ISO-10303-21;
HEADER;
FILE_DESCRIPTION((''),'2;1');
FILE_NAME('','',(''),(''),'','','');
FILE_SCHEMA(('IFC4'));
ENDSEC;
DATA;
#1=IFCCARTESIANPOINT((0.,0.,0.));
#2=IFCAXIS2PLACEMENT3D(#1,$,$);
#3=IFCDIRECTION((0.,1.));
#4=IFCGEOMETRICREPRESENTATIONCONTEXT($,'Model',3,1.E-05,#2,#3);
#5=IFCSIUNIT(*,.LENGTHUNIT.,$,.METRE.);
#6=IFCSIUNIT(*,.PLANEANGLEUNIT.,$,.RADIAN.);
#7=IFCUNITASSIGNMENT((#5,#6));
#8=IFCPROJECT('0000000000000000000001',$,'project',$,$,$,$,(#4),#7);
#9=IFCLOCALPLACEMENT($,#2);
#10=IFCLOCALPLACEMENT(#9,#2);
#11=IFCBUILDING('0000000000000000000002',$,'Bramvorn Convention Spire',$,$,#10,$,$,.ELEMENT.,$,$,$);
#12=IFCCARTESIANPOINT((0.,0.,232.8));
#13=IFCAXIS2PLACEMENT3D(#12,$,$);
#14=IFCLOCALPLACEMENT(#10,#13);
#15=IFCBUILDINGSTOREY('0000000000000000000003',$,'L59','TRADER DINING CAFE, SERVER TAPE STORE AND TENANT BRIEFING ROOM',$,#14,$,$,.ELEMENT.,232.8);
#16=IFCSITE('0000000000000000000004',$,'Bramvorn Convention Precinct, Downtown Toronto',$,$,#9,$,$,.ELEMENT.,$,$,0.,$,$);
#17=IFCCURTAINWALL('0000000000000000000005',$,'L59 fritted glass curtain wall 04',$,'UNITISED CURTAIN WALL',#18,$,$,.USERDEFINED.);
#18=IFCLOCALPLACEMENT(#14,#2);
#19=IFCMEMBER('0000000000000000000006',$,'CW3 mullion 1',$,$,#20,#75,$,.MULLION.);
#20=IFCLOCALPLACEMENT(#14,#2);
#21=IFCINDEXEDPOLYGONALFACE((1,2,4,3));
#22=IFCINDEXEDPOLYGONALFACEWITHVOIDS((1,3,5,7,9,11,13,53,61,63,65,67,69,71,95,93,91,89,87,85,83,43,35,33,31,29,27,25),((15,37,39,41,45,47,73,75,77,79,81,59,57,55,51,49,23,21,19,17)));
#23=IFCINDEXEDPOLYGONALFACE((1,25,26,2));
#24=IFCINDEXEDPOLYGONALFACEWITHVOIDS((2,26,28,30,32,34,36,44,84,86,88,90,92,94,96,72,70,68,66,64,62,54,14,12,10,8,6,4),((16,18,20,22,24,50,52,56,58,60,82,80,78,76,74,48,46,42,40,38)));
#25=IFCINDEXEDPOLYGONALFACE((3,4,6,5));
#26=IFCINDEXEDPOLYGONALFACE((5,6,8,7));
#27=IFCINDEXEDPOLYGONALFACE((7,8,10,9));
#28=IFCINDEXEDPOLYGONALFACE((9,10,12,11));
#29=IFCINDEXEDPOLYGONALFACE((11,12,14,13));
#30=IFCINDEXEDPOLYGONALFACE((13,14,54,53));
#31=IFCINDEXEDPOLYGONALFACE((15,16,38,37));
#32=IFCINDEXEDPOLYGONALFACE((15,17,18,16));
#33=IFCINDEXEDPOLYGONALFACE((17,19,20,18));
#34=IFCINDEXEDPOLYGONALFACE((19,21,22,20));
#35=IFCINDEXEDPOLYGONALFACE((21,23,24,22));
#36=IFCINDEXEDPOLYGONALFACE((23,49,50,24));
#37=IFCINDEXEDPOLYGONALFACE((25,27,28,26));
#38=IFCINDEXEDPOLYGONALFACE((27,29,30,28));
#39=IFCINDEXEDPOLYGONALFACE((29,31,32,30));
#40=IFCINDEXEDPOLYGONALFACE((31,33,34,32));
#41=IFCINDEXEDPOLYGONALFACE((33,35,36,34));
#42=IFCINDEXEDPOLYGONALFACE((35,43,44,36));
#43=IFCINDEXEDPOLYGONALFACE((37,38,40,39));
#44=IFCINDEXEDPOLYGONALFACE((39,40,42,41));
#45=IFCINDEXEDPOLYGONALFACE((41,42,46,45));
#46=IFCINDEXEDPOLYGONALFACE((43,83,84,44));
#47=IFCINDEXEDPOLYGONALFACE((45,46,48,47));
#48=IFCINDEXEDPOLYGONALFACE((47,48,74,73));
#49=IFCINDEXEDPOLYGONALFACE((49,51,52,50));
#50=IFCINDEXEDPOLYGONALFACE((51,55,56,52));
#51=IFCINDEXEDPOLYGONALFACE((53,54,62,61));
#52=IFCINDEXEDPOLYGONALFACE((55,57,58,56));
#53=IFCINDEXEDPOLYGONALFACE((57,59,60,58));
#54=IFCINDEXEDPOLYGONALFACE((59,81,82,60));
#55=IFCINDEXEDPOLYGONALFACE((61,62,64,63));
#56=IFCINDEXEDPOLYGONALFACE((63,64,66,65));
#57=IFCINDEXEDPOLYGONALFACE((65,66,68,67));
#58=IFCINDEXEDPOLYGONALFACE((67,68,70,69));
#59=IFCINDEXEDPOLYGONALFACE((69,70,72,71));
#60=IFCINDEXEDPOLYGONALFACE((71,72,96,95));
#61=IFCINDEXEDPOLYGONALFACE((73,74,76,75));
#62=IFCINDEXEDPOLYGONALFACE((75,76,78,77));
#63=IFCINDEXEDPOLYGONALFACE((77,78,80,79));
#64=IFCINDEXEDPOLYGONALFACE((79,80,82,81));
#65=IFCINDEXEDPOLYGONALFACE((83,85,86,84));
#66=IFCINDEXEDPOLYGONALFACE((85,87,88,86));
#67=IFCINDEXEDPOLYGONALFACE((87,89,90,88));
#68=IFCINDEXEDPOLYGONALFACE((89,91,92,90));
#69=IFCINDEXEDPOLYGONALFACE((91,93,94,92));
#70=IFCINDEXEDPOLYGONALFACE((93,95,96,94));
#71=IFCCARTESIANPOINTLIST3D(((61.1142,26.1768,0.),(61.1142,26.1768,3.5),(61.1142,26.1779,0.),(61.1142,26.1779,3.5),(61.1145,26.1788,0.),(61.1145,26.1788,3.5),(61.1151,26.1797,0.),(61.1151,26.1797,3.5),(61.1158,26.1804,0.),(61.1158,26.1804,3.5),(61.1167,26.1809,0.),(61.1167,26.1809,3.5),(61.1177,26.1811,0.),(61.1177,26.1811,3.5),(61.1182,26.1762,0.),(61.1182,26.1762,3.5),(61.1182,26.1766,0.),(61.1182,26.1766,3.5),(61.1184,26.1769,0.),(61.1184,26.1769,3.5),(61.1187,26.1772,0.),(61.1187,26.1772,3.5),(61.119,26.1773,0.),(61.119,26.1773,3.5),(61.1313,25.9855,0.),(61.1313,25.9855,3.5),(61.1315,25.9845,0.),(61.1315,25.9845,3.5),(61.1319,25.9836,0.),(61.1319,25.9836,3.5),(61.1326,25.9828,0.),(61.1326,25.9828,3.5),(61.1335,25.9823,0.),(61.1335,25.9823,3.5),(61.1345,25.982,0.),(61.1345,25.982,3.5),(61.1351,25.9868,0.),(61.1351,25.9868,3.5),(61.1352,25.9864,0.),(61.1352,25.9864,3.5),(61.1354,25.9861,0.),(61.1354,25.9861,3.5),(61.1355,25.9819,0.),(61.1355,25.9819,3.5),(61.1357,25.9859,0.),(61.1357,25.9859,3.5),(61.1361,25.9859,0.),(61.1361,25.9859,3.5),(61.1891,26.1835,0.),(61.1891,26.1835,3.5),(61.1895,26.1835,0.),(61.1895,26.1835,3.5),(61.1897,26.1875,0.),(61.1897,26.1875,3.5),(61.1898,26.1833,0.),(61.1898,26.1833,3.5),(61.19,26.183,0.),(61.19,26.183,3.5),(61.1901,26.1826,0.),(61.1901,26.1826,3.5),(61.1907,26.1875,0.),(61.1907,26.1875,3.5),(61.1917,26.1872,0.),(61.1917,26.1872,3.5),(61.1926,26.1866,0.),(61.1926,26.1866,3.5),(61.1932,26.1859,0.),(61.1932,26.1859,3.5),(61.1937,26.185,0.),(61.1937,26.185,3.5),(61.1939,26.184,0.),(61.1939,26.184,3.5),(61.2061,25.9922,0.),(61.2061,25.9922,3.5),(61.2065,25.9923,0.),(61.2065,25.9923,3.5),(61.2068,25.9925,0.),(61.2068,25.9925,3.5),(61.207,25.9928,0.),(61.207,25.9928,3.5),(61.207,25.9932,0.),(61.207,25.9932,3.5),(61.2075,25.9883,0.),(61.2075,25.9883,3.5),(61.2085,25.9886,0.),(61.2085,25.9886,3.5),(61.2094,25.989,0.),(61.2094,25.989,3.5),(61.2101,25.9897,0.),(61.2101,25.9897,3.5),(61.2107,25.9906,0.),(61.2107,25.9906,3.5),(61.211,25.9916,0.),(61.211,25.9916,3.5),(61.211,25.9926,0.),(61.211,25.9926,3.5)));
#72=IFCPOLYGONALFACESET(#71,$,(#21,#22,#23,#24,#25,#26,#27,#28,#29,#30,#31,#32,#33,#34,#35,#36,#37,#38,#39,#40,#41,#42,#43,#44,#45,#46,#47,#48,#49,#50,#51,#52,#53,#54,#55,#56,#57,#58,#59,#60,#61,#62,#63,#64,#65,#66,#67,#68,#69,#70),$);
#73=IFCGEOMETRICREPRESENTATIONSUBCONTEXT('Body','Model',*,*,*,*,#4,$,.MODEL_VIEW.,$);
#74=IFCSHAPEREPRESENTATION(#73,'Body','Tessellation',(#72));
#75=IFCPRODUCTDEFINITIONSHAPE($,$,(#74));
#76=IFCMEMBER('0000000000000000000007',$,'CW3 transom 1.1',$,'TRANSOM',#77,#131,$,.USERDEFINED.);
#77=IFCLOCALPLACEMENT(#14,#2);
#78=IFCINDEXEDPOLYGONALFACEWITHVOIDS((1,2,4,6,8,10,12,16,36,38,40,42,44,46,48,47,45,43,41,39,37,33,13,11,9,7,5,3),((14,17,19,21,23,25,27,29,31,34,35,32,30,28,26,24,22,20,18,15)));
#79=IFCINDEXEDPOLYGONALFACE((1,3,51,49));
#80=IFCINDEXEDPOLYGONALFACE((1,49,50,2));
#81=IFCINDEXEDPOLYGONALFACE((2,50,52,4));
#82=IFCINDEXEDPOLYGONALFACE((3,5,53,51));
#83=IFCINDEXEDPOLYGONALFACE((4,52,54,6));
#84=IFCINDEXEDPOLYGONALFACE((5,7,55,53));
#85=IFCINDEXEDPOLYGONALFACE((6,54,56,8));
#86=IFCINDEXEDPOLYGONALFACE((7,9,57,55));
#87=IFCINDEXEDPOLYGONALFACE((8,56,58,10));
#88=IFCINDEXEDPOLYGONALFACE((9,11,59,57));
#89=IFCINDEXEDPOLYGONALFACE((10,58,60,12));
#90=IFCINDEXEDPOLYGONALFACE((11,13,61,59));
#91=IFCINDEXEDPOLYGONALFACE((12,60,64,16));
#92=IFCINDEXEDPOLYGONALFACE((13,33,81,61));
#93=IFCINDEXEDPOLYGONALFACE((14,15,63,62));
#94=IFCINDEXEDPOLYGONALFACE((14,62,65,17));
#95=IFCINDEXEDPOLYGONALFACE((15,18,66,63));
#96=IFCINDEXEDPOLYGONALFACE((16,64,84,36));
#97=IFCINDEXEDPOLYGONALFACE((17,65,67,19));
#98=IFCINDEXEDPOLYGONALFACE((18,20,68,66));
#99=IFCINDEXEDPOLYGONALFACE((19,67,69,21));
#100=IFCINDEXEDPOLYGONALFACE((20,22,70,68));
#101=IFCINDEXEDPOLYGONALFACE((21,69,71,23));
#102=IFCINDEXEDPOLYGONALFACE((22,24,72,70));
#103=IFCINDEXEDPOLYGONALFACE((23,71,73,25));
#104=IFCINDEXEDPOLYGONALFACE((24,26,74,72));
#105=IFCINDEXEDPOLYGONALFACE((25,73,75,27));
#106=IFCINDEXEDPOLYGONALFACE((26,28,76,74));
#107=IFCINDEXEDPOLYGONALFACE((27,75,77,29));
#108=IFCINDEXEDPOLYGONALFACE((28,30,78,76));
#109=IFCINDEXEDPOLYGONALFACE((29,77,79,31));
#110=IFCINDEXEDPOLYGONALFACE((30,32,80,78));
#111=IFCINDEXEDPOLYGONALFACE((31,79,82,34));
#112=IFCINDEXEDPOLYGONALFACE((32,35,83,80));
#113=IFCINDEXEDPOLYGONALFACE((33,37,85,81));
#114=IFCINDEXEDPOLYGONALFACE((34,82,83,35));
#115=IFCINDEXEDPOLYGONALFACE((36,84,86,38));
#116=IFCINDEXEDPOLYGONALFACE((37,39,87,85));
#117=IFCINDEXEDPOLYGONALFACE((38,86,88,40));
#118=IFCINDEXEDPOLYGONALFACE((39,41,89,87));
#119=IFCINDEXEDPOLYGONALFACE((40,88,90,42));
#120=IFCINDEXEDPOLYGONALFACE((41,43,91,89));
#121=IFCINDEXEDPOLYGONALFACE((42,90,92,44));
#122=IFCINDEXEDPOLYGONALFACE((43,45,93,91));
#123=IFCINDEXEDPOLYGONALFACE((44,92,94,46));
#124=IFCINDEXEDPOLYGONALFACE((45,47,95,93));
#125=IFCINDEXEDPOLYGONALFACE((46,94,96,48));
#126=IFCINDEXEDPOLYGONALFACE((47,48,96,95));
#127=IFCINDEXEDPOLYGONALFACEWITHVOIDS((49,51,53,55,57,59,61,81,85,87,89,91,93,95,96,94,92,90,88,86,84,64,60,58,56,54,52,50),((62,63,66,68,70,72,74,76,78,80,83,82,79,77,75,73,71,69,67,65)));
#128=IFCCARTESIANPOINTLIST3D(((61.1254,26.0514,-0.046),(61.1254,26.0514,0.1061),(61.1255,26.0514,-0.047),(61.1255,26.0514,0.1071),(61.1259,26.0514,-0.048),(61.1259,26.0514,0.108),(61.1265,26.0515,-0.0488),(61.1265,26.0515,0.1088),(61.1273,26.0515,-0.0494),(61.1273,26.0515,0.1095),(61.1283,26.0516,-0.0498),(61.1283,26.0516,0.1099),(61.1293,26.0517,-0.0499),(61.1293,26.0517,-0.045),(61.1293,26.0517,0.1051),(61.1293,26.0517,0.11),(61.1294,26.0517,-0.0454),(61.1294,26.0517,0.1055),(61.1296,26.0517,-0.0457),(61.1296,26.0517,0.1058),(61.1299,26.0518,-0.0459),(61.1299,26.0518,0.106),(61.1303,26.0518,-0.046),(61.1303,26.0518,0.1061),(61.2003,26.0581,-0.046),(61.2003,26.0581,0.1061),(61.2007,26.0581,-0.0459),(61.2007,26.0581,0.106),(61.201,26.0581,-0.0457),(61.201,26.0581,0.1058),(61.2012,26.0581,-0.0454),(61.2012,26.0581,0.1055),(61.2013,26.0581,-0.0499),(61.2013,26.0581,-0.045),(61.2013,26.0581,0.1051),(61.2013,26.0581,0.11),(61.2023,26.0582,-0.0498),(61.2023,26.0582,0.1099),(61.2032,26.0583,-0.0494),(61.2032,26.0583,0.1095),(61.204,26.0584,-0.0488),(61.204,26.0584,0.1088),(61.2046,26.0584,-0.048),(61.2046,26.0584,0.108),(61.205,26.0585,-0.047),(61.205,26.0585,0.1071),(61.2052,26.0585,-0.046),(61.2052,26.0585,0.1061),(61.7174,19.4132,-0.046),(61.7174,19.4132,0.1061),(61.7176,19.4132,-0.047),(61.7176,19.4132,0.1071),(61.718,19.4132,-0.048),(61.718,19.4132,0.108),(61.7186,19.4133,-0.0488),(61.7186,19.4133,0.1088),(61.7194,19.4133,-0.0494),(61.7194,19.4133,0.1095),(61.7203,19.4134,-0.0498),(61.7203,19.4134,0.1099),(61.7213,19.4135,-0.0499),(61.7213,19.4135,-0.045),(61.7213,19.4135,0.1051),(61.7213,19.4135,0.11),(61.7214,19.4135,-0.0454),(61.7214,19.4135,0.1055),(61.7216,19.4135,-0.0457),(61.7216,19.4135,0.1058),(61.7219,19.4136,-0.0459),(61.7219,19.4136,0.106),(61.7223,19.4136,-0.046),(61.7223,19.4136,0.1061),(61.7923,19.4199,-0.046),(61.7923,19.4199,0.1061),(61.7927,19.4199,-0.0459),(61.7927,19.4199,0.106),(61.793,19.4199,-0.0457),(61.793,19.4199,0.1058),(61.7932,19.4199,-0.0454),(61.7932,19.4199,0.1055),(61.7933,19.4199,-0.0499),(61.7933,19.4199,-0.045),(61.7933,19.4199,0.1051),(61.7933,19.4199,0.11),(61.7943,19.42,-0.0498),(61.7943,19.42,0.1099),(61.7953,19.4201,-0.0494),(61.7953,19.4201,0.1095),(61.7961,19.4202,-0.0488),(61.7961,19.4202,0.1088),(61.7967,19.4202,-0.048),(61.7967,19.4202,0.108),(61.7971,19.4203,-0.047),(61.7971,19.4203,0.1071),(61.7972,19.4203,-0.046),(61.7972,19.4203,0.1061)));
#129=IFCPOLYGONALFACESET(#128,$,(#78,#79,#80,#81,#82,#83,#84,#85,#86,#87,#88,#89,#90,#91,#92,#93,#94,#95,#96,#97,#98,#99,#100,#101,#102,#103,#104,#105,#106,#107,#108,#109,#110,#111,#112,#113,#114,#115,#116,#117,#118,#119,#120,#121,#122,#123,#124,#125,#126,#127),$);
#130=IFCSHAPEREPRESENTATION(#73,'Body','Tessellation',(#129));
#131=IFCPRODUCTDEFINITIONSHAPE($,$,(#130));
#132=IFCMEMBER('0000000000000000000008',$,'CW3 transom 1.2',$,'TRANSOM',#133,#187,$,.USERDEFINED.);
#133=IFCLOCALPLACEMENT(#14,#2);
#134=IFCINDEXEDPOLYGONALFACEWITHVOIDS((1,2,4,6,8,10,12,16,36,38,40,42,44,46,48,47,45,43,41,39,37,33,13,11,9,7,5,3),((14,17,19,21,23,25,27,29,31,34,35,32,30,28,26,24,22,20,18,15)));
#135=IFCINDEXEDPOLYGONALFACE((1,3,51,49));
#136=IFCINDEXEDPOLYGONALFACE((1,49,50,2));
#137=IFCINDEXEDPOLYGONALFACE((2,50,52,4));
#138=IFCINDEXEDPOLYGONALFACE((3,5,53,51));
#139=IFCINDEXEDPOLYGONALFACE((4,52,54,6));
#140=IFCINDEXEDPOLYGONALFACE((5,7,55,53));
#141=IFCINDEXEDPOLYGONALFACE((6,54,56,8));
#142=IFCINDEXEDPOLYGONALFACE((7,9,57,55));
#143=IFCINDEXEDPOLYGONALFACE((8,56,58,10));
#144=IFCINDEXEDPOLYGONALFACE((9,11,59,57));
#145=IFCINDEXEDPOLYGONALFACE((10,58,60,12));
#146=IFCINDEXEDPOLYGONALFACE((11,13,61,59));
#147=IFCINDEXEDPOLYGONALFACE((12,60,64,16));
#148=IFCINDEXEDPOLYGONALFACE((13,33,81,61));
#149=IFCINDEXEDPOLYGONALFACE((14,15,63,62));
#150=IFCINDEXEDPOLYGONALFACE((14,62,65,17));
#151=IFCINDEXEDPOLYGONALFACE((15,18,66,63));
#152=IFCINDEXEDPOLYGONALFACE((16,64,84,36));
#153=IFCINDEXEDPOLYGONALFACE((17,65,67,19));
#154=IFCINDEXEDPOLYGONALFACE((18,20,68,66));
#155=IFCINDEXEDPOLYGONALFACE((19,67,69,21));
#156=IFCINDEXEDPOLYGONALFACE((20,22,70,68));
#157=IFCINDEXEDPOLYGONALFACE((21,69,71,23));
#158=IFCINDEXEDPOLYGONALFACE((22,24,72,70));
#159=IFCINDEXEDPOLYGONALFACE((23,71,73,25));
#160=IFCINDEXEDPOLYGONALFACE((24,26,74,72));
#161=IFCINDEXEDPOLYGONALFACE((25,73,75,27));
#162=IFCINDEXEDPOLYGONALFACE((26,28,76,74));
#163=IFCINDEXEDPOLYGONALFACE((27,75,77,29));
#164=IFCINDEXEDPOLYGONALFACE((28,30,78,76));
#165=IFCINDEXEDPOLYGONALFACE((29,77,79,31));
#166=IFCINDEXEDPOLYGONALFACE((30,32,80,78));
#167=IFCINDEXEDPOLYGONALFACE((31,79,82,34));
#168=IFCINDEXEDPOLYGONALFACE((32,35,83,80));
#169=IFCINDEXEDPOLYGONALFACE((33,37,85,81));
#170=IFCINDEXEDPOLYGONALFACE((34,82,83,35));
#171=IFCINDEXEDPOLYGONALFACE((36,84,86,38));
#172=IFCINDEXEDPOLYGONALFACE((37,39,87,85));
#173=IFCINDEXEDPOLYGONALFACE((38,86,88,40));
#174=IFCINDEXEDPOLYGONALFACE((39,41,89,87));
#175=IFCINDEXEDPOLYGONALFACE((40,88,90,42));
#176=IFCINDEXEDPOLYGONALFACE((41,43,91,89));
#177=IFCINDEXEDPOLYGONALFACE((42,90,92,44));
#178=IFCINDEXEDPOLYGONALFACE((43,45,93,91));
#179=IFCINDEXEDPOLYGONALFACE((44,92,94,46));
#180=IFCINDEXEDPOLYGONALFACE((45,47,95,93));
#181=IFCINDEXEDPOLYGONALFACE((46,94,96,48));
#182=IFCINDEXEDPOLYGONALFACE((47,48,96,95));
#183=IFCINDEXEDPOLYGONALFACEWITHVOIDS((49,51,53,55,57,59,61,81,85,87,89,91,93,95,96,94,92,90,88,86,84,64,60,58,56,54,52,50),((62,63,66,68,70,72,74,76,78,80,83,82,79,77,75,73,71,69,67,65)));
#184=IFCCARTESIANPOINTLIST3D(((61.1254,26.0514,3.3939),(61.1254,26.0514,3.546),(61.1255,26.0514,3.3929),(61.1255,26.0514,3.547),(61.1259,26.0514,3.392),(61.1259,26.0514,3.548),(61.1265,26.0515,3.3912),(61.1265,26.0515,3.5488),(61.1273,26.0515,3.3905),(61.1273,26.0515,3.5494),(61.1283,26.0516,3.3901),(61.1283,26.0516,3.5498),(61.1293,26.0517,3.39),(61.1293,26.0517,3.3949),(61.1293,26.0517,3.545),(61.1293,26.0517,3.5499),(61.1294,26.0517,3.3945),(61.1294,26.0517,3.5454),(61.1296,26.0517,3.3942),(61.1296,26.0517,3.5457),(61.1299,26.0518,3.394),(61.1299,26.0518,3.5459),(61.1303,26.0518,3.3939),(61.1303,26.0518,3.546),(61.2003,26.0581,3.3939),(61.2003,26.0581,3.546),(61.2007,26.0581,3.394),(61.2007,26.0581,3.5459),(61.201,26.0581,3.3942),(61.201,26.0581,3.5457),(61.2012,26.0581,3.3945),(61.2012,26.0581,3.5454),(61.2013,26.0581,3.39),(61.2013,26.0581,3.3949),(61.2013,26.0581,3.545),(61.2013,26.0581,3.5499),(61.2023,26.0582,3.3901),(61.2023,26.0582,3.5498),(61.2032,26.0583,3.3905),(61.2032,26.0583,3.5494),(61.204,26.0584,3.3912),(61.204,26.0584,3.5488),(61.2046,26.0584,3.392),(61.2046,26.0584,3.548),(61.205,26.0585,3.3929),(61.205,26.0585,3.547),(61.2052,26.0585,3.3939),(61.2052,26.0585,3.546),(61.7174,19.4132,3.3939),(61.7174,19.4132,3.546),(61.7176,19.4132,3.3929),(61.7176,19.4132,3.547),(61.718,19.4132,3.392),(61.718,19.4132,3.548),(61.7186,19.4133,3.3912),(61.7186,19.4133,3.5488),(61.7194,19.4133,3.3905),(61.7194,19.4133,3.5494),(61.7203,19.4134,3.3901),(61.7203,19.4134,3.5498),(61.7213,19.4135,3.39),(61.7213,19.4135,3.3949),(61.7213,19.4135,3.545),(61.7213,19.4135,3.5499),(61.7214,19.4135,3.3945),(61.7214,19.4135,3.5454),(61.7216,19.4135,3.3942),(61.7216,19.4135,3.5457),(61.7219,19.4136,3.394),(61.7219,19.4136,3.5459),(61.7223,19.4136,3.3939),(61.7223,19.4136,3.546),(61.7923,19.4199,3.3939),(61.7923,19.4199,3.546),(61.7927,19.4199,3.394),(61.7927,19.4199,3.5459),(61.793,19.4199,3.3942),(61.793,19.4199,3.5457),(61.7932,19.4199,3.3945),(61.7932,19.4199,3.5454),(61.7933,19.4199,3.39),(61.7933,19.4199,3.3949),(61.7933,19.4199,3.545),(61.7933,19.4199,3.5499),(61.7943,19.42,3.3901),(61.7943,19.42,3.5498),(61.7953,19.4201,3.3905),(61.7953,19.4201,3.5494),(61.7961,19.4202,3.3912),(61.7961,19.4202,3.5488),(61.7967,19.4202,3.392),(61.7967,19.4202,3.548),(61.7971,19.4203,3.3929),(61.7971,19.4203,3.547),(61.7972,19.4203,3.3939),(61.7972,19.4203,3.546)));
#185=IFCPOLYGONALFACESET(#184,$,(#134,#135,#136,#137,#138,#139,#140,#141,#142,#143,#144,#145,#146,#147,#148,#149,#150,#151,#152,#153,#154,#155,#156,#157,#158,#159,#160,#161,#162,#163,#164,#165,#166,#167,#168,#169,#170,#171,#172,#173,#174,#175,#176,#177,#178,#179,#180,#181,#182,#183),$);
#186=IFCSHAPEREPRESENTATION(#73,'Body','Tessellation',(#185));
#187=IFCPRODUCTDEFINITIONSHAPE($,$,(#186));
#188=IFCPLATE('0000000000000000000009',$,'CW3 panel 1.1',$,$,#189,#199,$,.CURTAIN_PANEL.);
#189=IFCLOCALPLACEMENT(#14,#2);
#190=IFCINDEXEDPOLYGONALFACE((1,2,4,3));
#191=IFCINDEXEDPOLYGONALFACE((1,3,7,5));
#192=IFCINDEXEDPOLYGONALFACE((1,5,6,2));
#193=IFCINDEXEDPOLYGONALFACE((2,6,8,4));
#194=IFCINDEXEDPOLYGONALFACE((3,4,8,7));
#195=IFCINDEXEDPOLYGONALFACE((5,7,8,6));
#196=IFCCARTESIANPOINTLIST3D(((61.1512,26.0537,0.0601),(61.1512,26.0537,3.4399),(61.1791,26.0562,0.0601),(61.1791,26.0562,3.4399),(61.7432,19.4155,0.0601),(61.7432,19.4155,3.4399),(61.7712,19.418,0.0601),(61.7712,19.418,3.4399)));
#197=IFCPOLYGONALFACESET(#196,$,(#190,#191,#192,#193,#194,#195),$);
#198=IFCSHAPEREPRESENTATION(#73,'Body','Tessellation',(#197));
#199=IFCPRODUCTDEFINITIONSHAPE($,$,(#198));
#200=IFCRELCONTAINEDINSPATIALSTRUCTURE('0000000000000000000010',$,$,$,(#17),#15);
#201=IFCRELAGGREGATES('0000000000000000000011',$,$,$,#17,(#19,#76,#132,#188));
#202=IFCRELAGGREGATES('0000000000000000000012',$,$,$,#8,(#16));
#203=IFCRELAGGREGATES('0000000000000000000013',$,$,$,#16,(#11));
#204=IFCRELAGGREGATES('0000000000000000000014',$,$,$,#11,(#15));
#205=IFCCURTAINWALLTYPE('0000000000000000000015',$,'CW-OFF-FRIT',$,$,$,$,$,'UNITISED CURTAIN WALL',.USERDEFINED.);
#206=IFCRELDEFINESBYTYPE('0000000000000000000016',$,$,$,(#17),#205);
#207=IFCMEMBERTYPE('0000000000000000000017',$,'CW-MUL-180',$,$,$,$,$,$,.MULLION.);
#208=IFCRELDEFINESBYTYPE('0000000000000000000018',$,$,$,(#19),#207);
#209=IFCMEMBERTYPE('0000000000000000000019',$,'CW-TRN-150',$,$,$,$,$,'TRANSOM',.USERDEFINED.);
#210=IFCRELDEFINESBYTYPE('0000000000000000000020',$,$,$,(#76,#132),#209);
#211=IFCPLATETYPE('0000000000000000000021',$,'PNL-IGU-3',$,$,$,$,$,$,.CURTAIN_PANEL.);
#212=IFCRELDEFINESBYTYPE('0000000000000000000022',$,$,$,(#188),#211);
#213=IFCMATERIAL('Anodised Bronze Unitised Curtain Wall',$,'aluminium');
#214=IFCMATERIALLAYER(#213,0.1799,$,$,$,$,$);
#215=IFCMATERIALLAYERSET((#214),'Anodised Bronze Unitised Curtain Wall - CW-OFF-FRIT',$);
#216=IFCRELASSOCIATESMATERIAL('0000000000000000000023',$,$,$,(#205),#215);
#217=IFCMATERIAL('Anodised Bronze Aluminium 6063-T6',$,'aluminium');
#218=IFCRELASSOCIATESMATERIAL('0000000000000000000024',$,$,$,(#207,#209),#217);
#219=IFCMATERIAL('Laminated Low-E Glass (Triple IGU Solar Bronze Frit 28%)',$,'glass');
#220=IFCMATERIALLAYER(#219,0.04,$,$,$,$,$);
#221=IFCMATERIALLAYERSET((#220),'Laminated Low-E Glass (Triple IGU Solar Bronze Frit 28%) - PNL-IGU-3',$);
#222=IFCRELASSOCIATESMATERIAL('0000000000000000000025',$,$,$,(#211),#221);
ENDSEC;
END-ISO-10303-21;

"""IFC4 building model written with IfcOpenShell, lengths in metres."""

from ifc_helpers import new_model, si_unit, direction, frame, origin, origin_2d, place, context, subcontext, project, spatial, rectangle, hollow_rectangle, extrude, material, layer, layer_set, material_profile, profile_set, type_object, element, aggregate, save


model = new_model("IFC4")

# Units and contexts
model_context = context("Model", 3, precision=1e-05, world=origin(), true_north=direction((0.0, 1.0)))
body_context = subcontext(model_context, "Body", "Model", "MODEL_VIEW")
ifc_project = project(units=[si_unit("LENGTHUNIT", "METRE"), si_unit("PLANEANGLEUNIT", "RADIAN")], contexts=[model_context])

# Site, building, storey
site_placement = place(None, origin())
site = spatial("IfcSite", under=ifc_project, at=site_placement, Name="Bramvorn Convention Precinct, Downtown Toronto", CompositionType="ELEMENT", RefElevation=0.0)
building_placement = place(site_placement, origin())
building = spatial("IfcBuilding", under=site, at=building_placement, Name="Bramvorn Convention Spire", CompositionType="ELEMENT")
storey_placement = place(building_placement, frame((0.0, 0.0, 232.8)))
storey = spatial("IfcBuildingStorey", under=building, at=storey_placement, Name="L59", Description="TRADER DINING CAFE, SERVER TAPE STORE AND TENANT BRIEFING ROOM", CompositionType="ELEMENT", Elevation=232.8)

# Curtain wall, members, plate
ifc_material_1 = material(Name="Anodised Bronze Unitised Curtain Wall", Category="aluminium")
ifc_layer_1 = layer(ifc_material_1, 0.1799)
ifc_layer_set_1 = layer_set([ifc_layer_1], Name="Anodised Bronze Unitised Curtain Wall - CW-OFF-FRIT")
curtain_wall_type = type_object("IfcCurtainWallType", Name="CW-OFF-FRIT", ElementType="UNITISED CURTAIN WALL", PredefinedType="USERDEFINED", material=ifc_layer_set_1)
curtain_wall_placement = place(storey_placement, origin())
curtain_wall = element("IfcCurtainWall", 1, at=curtain_wall_placement, inside=storey, type_object=curtain_wall_type, Name="L59 fritted glass curtain wall 04", ObjectType="UNITISED CURTAIN WALL", PredefinedType="USERDEFINED")
ifc_material_2 = material(Name="Anodised Bronze Aluminium 6063-T6", Category="aluminium")
ifc_material_profile_1 = material_profile(ifc_material_2, hollow_rectangle(XDim=0.0801, YDim=0.2, WallThickness=0.0039, InnerFilletRadius=0.001, OuterFilletRadius=0.0039, at=origin_2d()))
ifc_profile_set_1 = profile_set([ifc_material_profile_1], Name="Anodised Bronze Aluminium 6063-T6 - CWM80X200")
member_type_1 = type_object("IfcMemberType", Name="CW-MUL-180", PredefinedType="MULLION", material=ifc_profile_set_1)
member_1_placement = place(storey_placement, frame((61.1626, 26.0847, 0.0), z_axis=(0.0, 0.0, 1.0), x_axis=(0.996046, 0.088835, 0.0)))
member_1 = element("IfcMember", 2, at=member_1_placement, type_object=member_type_1, Name="CW3 mullion 1", PredefinedType="MULLION", context=body_context, shape_type="SweptSolid", body=[
    extrude(hollow_rectangle(XDim=0.0801, YDim=0.2, WallThickness=0.0039, InnerFilletRadius=0.001, OuterFilletRadius=0.0039, at=origin_2d()), origin(), (0.0, 0.0, 1.0), 3.5),
])
ifc_material_profile_2 = material_profile(ifc_material_2, hollow_rectangle(XDim=0.0801, YDim=0.1599, WallThickness=0.0039, InnerFilletRadius=0.001, OuterFilletRadius=0.0039, at=origin_2d()))
ifc_profile_set_2 = profile_set([ifc_material_profile_2], Name="Anodised Bronze Aluminium 6063-T6 - CWT80X160")
member_type_2 = type_object("IfcMemberType", Name="CW-TRN-150", ElementType="TRANSOM", PredefinedType="USERDEFINED", material=ifc_profile_set_2)
member_2_placement = place(storey_placement, frame((61.1653, 26.0549, 0.03), z_axis=(0.088835, -0.996046, 0.0), x_axis=(0.996046, 0.088835, 0.0)))
member_2 = element("IfcMember", 3, at=member_2_placement, type_object=member_type_2, Name="CW3 transom 1.1", ObjectType="TRANSOM", PredefinedType="USERDEFINED", context=body_context, shape_type="SweptSolid", body=[
    extrude(hollow_rectangle(XDim=0.0801, YDim=0.1599, WallThickness=0.0039, InnerFilletRadius=0.001, OuterFilletRadius=0.0039, at=origin_2d()), origin(), (0.0, 0.0, 1.0), 6.6646),
])
member_3_placement = place(storey_placement, frame((61.1653, 26.0549, 3.47), z_axis=(0.088835, -0.996046, 0.0), x_axis=(0.996046, 0.088835, 0.0)))
member_3 = element("IfcMember", 4, at=member_3_placement, type_object=member_type_2, Name="CW3 transom 1.2", ObjectType="TRANSOM", PredefinedType="USERDEFINED", context=body_context, shape_type="SweptSolid", body=[
    extrude(hollow_rectangle(XDim=0.0801, YDim=0.1599, WallThickness=0.0039, InnerFilletRadius=0.001, OuterFilletRadius=0.0039, at=origin_2d()), origin(), (0.0, 0.0, 1.0), 6.6646),
])
ifc_material_3 = material(Name="Laminated Low-E Glass (Triple IGU Solar Bronze Frit 28%)", Category="glass")
ifc_layer_2 = layer(ifc_material_3, 0.04)
ifc_layer_set_2 = layer_set([ifc_layer_2], Name="Laminated Low-E Glass (Triple IGU Solar Bronze Frit 28%) - PNL-IGU-3")
plate_type = type_object("IfcPlateType", Name="PNL-IGU-3", PredefinedType="CURTAIN_PANEL", material=ifc_layer_set_2)
plate_placement = place(storey_placement, frame((61.4612, 22.7358, 0.0601), z_axis=(0.0, 0.0, 1.0), x_axis=(0.088835, -0.996046, 0.0)))
plate = element("IfcPlate", 5, at=plate_placement, type_object=plate_type, Name="CW3 panel 1.1", PredefinedType="CURTAIN_PANEL", context=body_context, shape_type="SweptSolid", body=[
    extrude(rectangle(XDim=6.6646, YDim=0.0281, at=origin_2d()), origin(), (0.0, 0.0, 1.0), 3.3799),
])
aggregate(curtain_wall, [member_1, member_2, member_3, plate])

save(model, "model.ifc")
